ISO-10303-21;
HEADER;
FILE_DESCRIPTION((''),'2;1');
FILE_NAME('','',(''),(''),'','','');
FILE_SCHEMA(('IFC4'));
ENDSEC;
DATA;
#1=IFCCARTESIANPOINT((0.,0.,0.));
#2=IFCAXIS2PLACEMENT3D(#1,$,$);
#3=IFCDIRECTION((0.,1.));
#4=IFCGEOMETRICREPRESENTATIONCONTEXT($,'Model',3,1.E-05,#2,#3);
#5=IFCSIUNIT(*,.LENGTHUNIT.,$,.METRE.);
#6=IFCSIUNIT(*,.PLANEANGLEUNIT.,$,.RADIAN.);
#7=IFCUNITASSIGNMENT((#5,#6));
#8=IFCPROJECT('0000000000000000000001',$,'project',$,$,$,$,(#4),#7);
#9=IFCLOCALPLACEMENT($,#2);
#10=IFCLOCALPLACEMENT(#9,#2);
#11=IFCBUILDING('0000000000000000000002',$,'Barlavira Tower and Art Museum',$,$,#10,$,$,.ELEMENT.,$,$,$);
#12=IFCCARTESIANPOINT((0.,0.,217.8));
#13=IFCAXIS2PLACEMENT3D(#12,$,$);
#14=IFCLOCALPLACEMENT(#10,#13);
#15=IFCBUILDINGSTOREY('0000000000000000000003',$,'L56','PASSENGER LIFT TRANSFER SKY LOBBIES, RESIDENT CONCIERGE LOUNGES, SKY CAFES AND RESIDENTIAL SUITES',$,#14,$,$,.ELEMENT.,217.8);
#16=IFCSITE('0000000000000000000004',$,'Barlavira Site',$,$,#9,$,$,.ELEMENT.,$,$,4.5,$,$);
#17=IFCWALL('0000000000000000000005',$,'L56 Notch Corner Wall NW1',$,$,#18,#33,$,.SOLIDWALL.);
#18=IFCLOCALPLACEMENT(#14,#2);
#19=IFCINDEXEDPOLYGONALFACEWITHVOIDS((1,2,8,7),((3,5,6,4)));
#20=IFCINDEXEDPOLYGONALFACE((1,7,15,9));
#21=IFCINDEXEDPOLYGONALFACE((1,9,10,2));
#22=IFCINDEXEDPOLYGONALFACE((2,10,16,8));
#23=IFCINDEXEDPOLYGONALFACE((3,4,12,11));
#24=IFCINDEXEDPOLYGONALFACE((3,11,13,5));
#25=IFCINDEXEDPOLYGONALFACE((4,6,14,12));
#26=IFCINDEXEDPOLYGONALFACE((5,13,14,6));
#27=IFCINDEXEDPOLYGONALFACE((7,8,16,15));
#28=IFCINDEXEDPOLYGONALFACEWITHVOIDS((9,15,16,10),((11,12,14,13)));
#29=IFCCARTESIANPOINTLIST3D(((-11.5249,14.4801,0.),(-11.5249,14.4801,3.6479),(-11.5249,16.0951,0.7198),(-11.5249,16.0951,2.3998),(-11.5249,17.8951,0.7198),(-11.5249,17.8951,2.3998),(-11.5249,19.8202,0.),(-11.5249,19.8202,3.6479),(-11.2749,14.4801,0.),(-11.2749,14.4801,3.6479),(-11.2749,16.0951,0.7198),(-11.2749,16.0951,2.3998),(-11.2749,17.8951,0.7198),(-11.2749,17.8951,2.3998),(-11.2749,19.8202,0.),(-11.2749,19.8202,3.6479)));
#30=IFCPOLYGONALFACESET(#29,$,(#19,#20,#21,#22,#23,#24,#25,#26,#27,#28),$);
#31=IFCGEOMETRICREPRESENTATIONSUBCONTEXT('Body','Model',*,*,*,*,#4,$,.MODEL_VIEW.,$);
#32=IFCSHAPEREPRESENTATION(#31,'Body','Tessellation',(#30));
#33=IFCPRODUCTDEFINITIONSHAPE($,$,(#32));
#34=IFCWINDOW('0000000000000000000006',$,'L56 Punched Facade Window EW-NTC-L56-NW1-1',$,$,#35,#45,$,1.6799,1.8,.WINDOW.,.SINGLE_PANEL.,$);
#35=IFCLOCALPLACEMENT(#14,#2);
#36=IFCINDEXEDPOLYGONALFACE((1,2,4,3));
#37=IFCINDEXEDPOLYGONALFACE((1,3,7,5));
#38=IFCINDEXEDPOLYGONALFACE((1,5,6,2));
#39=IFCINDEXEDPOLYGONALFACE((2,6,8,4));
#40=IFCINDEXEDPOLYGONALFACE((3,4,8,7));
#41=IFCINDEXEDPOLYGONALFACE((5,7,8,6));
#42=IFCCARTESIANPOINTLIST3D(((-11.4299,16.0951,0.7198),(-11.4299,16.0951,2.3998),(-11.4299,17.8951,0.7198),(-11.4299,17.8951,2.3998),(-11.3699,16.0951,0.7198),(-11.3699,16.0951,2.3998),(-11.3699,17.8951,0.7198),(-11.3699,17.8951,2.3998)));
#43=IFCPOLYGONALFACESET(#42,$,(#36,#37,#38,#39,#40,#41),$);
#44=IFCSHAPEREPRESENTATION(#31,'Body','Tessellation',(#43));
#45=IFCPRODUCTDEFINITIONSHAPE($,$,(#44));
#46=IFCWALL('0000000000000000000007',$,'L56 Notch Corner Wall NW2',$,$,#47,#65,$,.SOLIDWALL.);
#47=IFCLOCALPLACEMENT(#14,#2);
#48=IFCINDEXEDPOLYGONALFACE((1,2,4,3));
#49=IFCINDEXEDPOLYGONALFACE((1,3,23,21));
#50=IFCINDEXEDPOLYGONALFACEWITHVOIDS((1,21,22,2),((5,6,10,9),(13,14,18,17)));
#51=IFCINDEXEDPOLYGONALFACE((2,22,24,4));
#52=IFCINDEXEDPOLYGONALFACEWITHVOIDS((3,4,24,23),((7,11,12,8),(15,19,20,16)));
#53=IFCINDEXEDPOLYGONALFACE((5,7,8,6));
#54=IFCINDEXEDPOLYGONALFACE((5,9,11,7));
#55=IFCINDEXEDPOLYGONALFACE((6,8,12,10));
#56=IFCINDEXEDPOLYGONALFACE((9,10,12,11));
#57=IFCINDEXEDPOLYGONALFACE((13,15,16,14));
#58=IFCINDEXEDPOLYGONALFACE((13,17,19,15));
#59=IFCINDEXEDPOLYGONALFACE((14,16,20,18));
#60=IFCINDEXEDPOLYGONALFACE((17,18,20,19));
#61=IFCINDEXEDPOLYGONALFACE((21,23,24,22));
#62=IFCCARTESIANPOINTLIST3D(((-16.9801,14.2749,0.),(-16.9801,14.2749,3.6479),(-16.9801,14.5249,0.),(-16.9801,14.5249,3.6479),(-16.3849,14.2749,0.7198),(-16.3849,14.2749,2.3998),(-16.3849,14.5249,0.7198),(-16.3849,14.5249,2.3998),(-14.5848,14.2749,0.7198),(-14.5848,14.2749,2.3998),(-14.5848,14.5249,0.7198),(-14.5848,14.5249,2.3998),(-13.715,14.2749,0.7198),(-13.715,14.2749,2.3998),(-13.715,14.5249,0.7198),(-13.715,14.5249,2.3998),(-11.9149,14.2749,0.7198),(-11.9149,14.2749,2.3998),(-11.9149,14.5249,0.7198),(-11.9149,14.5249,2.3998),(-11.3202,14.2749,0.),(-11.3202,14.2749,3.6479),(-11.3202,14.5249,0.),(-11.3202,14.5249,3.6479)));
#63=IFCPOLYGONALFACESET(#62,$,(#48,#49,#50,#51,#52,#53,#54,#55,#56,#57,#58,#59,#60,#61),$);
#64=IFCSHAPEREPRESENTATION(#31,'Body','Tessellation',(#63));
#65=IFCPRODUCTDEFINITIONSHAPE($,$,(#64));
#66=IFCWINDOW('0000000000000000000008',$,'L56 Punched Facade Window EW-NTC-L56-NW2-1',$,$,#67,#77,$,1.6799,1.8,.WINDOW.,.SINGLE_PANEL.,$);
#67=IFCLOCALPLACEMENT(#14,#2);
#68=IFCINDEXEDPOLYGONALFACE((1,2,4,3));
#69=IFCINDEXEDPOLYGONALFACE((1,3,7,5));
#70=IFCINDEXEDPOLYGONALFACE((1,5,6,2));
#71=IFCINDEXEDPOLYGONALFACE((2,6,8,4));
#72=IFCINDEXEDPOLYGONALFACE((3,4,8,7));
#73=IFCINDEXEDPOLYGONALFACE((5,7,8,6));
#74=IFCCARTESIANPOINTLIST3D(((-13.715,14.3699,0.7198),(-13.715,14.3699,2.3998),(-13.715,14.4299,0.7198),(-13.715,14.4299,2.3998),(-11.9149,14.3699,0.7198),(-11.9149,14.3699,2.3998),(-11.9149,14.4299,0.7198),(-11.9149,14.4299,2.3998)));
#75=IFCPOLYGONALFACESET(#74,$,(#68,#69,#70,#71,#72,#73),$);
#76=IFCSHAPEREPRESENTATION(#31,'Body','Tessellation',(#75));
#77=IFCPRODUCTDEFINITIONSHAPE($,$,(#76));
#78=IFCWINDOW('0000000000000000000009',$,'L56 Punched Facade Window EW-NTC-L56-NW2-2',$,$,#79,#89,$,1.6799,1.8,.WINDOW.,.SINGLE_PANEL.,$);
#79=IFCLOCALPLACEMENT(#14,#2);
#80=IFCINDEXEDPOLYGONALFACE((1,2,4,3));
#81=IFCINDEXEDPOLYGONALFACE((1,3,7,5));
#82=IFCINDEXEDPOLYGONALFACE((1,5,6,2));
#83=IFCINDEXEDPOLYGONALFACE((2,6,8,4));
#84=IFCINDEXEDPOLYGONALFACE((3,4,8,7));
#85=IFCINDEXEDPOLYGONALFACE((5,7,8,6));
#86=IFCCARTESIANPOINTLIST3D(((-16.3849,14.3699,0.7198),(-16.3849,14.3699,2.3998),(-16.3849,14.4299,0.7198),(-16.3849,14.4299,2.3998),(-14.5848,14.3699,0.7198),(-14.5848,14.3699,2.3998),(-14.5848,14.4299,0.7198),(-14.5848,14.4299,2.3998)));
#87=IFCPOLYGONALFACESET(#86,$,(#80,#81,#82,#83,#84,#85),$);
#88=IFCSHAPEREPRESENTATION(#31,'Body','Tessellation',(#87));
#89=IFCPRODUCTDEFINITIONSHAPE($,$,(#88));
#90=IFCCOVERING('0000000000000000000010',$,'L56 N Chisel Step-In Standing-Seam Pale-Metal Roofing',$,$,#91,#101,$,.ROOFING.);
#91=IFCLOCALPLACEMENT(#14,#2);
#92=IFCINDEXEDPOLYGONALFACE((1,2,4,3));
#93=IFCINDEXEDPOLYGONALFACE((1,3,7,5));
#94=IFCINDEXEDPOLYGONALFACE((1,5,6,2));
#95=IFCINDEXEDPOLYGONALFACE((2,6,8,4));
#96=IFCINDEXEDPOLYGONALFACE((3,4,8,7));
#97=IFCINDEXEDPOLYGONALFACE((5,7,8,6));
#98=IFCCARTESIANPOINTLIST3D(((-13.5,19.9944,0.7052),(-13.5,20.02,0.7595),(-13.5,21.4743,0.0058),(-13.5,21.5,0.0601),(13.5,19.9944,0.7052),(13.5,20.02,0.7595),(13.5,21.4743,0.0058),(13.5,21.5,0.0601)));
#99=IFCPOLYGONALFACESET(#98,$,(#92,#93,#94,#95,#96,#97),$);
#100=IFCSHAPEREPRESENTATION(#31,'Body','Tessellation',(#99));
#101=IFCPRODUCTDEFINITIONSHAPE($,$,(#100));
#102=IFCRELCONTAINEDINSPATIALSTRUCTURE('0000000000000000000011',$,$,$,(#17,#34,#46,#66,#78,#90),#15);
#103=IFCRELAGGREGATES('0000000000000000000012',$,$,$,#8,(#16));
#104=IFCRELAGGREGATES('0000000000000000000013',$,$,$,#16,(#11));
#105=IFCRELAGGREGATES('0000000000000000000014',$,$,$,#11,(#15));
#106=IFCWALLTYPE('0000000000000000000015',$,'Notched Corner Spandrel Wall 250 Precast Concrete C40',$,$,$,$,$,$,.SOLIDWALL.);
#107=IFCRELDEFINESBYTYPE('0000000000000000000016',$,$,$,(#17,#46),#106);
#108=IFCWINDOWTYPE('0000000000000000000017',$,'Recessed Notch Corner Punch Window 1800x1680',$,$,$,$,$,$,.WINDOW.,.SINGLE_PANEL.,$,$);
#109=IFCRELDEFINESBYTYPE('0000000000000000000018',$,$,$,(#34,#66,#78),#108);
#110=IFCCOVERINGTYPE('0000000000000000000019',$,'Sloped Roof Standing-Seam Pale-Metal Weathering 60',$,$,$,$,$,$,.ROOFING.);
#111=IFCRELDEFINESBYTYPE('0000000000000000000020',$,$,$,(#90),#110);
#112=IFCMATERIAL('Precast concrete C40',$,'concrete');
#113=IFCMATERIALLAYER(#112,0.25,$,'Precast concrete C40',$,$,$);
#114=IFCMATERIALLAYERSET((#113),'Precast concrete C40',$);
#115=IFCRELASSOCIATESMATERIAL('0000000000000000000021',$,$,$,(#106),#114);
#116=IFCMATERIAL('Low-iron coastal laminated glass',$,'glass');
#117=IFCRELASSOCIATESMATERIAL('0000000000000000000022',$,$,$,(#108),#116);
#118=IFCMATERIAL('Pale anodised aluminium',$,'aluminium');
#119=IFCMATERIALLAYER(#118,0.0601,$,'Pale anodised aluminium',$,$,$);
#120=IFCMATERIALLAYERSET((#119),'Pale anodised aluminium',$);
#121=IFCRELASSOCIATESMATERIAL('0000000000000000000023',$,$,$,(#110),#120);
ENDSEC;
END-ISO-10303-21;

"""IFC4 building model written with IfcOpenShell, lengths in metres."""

from ifc_helpers import new_model, si_unit, direction, frame, frame_2d, origin, place, context, subcontext, project, spatial, polyline, rectangle, outline, extrude, material, layer, layer_set, type_object, element, fill, save


model = new_model("IFC4")

# Units and contexts
model_context = context("Model", 3, precision=1e-05, world=origin(), true_north=direction((0.0, 1.0)))
body_context = subcontext(model_context, "Body", "Model", "MODEL_VIEW")
ifc_project = project(units=[si_unit("LENGTHUNIT", "METRE"), si_unit("PLANEANGLEUNIT", "RADIAN")], contexts=[model_context])

# Site, building, storey
site_placement = place(None, origin())
site = spatial("IfcSite", under=ifc_project, at=site_placement, Name="Barlavira Site", CompositionType="ELEMENT", RefElevation=4.5)
building_placement = place(site_placement, origin())
building = spatial("IfcBuilding", under=site, at=building_placement, Name="Barlavira Tower and Art Museum", CompositionType="ELEMENT")
storey_placement = place(building_placement, frame((0.0, 0.0, 217.8)))
storey = spatial("IfcBuildingStorey", under=building, at=storey_placement, Name="L56", Description="PASSENGER LIFT TRANSFER SKY LOBBIES, RESIDENT CONCIERGE LOUNGES, SKY CAFES AND RESIDENTIAL SUITES", CompositionType="ELEMENT", Elevation=217.8)

# Shared definitions
ifc_material_1 = material(Name="Precast concrete C40", Category="concrete")

# Shared definitions
ifc_layer_1 = layer(ifc_material_1, 0.25, Name="Precast concrete C40")
ifc_layer_set_1 = layer_set([ifc_layer_1], Name="Precast concrete C40")
wall_type = type_object("IfcWallType", Name="Notched Corner Spandrel Wall 250 Precast Concrete C40", PredefinedType="SOLIDWALL", material=ifc_layer_set_1)

# Wall, opening, window
ifc_material_2 = material(Name="Low-iron coastal laminated glass", Category="glass")
window_type = type_object("IfcWindowType", Name="Recessed Notch Corner Punch Window 1800x1680", PartitioningType="SINGLE_PANEL", PredefinedType="WINDOW", material=ifc_material_2)
wall_1_placement = place(storey_placement, frame((-11.3999, 19.8201, 0.0), z_axis=(0.0, 0.0, 1.0), x_axis=(0.0, -1.0, 0.0)))
wall_1 = element("IfcWall", 1, at=wall_1_placement, inside=storey, type_object=wall_type, Name="L56 Notch Corner Wall NW1", PredefinedType="SOLIDWALL", context=body_context, shape_type="SweptSolid", body=[
    extrude(rectangle(XDim=5.3401, YDim=0.25, at=frame_2d((2.6699, 0.0))), origin(), (0.0, 0.0, 1.0), 3.6479),
])
opening_1_placement = place(wall_1_placement, frame((1.925, 0.0, 0.72)))
opening_1 = element("IfcOpeningElement", 2, at=opening_1_placement, cuts=wall_1, PredefinedType="OPENING", context=body_context, shape_type="SweptSolid", body=[
    extrude(rectangle(XDim=1.8, YDim=1.6799, at=frame_2d((0.8999, 0.8398))), frame((0.0, 0.135, 0.0), z_axis=(0.0, -1.0, 0.0), x_axis=(1.0, 0.0, 0.0)), (0.0, 0.0, 1.0), 0.27),
])
window_1_placement = place(opening_1_placement, origin())
window_1 = element("IfcWindow", 3, at=window_1_placement, inside=storey, type_object=window_type, Name="L56 Punched Facade Window EW-NTC-L56-NW1-1", OverallHeight=1.6799, OverallWidth=1.8, PartitioningType="SINGLE_PANEL", PredefinedType="WINDOW", context=body_context, shape_type="SweptSolid", body=[
    extrude(rectangle(XDim=1.8, YDim=1.6799, at=frame_2d((0.8999, 0.8398))), frame((0.0, 0.03, 0.0), z_axis=(0.0, -1.0, 0.0), x_axis=(1.0, 0.0, 0.0)), (0.0, 0.0, 1.0), 0.0601),
])
fill(opening_1, window_1)

# Wall, openings, windows
wall_2_placement = place(storey_placement, frame((-11.3201, 14.3999, 0.0), z_axis=(0.0, 0.0, 1.0), x_axis=(-1.0, 0.0, 0.0)))
wall_2 = element("IfcWall", 4, at=wall_2_placement, inside=storey, type_object=wall_type, Name="L56 Notch Corner Wall NW2", PredefinedType="SOLIDWALL", context=body_context, shape_type="SweptSolid", body=[
    extrude(rectangle(XDim=5.6599, YDim=0.25, at=frame_2d((2.8301, 0.0))), origin(), (0.0, 0.0, 1.0), 3.6479),
])
opening_2_placement = place(wall_2_placement, frame((0.595, 0.0, 0.72)))
opening_2 = element("IfcOpeningElement", 5, at=opening_2_placement, cuts=wall_2, PredefinedType="OPENING", context=body_context, shape_type="SweptSolid", body=[
    extrude(rectangle(XDim=1.8, YDim=1.6799, at=frame_2d((0.8999, 0.8398))), frame((0.0, 0.135, 0.0), z_axis=(0.0, -1.0, 0.0), x_axis=(1.0, 0.0, 0.0)), (0.0, 0.0, 1.0), 0.27),
])
opening_3_placement = place(wall_2_placement, frame((3.2649, 0.0, 0.72)))
opening_3 = element("IfcOpeningElement", 6, at=opening_3_placement, cuts=wall_2, PredefinedType="OPENING", context=body_context, shape_type="SweptSolid", body=[
    extrude(rectangle(XDim=1.8, YDim=1.6799, at=frame_2d((0.8999, 0.8398))), frame((0.0, 0.135, 0.0), z_axis=(0.0, -1.0, 0.0), x_axis=(1.0, 0.0, 0.0)), (0.0, 0.0, 1.0), 0.27),
])
window_2_placement = place(opening_2_placement, origin())
window_2 = element("IfcWindow", 7, at=window_2_placement, inside=storey, type_object=window_type, Name="L56 Punched Facade Window EW-NTC-L56-NW2-1", OverallHeight=1.6799, OverallWidth=1.8, PartitioningType="SINGLE_PANEL", PredefinedType="WINDOW", context=body_context, shape_type="SweptSolid", body=[
    extrude(rectangle(XDim=1.8, YDim=1.6799, at=frame_2d((0.8999, 0.8398))), frame((0.0, 0.03, 0.0), z_axis=(0.0, -1.0, 0.0), x_axis=(1.0, 0.0, 0.0)), (0.0, 0.0, 1.0), 0.0601),
])
fill(opening_2, window_2)
window_3_placement = place(opening_3_placement, origin())
window_3 = element("IfcWindow", 8, at=window_3_placement, inside=storey, type_object=window_type, Name="L56 Punched Facade Window EW-NTC-L56-NW2-2", OverallHeight=1.6799, OverallWidth=1.8, PartitioningType="SINGLE_PANEL", PredefinedType="WINDOW", context=body_context, shape_type="SweptSolid", body=[
    extrude(rectangle(XDim=1.8, YDim=1.6799, at=frame_2d((0.8999, 0.8398))), frame((0.0, 0.03, 0.0), z_axis=(0.0, -1.0, 0.0), x_axis=(1.0, 0.0, 0.0)), (0.0, 0.0, 1.0), 0.0601),
])
fill(opening_3, window_3)

# Covering
ifc_material_3 = material(Name="Pale anodised aluminium", Category="aluminium")
ifc_layer_2 = layer(ifc_material_3, 0.0601, Name="Pale anodised aluminium")
ifc_layer_set_2 = layer_set([ifc_layer_2], Name="Pale anodised aluminium")
covering_type = type_object("IfcCoveringType", Name="Sloped Roof Standing-Seam Pale-Metal Weathering 60", PredefinedType="ROOFING", material=ifc_layer_set_2)
covering_placement = place(storey_placement, frame((-13.5, 21.5, 0.0601), z_axis=(0.0, 0.427298, 0.904111), x_axis=(1.0, 0.0, 0.0)))
element("IfcCovering", 9, at=covering_placement, inside=storey, type_object=covering_type, Name="L56 N Chisel Step-In Standing-Seam Pale-Metal Roofing", PredefinedType="ROOFING", context=body_context, shape_type="SweptSolid", body=[
    extrude(outline(polyline([(0.0, 0.0), (27.0, 0.0), (27.0, -1.6369), (0.0, -1.6369), (0.0, 0.0)])), origin(), (0.0, 0.0, -1.0), 0.0601),
])

save(model, "model.ifc")
